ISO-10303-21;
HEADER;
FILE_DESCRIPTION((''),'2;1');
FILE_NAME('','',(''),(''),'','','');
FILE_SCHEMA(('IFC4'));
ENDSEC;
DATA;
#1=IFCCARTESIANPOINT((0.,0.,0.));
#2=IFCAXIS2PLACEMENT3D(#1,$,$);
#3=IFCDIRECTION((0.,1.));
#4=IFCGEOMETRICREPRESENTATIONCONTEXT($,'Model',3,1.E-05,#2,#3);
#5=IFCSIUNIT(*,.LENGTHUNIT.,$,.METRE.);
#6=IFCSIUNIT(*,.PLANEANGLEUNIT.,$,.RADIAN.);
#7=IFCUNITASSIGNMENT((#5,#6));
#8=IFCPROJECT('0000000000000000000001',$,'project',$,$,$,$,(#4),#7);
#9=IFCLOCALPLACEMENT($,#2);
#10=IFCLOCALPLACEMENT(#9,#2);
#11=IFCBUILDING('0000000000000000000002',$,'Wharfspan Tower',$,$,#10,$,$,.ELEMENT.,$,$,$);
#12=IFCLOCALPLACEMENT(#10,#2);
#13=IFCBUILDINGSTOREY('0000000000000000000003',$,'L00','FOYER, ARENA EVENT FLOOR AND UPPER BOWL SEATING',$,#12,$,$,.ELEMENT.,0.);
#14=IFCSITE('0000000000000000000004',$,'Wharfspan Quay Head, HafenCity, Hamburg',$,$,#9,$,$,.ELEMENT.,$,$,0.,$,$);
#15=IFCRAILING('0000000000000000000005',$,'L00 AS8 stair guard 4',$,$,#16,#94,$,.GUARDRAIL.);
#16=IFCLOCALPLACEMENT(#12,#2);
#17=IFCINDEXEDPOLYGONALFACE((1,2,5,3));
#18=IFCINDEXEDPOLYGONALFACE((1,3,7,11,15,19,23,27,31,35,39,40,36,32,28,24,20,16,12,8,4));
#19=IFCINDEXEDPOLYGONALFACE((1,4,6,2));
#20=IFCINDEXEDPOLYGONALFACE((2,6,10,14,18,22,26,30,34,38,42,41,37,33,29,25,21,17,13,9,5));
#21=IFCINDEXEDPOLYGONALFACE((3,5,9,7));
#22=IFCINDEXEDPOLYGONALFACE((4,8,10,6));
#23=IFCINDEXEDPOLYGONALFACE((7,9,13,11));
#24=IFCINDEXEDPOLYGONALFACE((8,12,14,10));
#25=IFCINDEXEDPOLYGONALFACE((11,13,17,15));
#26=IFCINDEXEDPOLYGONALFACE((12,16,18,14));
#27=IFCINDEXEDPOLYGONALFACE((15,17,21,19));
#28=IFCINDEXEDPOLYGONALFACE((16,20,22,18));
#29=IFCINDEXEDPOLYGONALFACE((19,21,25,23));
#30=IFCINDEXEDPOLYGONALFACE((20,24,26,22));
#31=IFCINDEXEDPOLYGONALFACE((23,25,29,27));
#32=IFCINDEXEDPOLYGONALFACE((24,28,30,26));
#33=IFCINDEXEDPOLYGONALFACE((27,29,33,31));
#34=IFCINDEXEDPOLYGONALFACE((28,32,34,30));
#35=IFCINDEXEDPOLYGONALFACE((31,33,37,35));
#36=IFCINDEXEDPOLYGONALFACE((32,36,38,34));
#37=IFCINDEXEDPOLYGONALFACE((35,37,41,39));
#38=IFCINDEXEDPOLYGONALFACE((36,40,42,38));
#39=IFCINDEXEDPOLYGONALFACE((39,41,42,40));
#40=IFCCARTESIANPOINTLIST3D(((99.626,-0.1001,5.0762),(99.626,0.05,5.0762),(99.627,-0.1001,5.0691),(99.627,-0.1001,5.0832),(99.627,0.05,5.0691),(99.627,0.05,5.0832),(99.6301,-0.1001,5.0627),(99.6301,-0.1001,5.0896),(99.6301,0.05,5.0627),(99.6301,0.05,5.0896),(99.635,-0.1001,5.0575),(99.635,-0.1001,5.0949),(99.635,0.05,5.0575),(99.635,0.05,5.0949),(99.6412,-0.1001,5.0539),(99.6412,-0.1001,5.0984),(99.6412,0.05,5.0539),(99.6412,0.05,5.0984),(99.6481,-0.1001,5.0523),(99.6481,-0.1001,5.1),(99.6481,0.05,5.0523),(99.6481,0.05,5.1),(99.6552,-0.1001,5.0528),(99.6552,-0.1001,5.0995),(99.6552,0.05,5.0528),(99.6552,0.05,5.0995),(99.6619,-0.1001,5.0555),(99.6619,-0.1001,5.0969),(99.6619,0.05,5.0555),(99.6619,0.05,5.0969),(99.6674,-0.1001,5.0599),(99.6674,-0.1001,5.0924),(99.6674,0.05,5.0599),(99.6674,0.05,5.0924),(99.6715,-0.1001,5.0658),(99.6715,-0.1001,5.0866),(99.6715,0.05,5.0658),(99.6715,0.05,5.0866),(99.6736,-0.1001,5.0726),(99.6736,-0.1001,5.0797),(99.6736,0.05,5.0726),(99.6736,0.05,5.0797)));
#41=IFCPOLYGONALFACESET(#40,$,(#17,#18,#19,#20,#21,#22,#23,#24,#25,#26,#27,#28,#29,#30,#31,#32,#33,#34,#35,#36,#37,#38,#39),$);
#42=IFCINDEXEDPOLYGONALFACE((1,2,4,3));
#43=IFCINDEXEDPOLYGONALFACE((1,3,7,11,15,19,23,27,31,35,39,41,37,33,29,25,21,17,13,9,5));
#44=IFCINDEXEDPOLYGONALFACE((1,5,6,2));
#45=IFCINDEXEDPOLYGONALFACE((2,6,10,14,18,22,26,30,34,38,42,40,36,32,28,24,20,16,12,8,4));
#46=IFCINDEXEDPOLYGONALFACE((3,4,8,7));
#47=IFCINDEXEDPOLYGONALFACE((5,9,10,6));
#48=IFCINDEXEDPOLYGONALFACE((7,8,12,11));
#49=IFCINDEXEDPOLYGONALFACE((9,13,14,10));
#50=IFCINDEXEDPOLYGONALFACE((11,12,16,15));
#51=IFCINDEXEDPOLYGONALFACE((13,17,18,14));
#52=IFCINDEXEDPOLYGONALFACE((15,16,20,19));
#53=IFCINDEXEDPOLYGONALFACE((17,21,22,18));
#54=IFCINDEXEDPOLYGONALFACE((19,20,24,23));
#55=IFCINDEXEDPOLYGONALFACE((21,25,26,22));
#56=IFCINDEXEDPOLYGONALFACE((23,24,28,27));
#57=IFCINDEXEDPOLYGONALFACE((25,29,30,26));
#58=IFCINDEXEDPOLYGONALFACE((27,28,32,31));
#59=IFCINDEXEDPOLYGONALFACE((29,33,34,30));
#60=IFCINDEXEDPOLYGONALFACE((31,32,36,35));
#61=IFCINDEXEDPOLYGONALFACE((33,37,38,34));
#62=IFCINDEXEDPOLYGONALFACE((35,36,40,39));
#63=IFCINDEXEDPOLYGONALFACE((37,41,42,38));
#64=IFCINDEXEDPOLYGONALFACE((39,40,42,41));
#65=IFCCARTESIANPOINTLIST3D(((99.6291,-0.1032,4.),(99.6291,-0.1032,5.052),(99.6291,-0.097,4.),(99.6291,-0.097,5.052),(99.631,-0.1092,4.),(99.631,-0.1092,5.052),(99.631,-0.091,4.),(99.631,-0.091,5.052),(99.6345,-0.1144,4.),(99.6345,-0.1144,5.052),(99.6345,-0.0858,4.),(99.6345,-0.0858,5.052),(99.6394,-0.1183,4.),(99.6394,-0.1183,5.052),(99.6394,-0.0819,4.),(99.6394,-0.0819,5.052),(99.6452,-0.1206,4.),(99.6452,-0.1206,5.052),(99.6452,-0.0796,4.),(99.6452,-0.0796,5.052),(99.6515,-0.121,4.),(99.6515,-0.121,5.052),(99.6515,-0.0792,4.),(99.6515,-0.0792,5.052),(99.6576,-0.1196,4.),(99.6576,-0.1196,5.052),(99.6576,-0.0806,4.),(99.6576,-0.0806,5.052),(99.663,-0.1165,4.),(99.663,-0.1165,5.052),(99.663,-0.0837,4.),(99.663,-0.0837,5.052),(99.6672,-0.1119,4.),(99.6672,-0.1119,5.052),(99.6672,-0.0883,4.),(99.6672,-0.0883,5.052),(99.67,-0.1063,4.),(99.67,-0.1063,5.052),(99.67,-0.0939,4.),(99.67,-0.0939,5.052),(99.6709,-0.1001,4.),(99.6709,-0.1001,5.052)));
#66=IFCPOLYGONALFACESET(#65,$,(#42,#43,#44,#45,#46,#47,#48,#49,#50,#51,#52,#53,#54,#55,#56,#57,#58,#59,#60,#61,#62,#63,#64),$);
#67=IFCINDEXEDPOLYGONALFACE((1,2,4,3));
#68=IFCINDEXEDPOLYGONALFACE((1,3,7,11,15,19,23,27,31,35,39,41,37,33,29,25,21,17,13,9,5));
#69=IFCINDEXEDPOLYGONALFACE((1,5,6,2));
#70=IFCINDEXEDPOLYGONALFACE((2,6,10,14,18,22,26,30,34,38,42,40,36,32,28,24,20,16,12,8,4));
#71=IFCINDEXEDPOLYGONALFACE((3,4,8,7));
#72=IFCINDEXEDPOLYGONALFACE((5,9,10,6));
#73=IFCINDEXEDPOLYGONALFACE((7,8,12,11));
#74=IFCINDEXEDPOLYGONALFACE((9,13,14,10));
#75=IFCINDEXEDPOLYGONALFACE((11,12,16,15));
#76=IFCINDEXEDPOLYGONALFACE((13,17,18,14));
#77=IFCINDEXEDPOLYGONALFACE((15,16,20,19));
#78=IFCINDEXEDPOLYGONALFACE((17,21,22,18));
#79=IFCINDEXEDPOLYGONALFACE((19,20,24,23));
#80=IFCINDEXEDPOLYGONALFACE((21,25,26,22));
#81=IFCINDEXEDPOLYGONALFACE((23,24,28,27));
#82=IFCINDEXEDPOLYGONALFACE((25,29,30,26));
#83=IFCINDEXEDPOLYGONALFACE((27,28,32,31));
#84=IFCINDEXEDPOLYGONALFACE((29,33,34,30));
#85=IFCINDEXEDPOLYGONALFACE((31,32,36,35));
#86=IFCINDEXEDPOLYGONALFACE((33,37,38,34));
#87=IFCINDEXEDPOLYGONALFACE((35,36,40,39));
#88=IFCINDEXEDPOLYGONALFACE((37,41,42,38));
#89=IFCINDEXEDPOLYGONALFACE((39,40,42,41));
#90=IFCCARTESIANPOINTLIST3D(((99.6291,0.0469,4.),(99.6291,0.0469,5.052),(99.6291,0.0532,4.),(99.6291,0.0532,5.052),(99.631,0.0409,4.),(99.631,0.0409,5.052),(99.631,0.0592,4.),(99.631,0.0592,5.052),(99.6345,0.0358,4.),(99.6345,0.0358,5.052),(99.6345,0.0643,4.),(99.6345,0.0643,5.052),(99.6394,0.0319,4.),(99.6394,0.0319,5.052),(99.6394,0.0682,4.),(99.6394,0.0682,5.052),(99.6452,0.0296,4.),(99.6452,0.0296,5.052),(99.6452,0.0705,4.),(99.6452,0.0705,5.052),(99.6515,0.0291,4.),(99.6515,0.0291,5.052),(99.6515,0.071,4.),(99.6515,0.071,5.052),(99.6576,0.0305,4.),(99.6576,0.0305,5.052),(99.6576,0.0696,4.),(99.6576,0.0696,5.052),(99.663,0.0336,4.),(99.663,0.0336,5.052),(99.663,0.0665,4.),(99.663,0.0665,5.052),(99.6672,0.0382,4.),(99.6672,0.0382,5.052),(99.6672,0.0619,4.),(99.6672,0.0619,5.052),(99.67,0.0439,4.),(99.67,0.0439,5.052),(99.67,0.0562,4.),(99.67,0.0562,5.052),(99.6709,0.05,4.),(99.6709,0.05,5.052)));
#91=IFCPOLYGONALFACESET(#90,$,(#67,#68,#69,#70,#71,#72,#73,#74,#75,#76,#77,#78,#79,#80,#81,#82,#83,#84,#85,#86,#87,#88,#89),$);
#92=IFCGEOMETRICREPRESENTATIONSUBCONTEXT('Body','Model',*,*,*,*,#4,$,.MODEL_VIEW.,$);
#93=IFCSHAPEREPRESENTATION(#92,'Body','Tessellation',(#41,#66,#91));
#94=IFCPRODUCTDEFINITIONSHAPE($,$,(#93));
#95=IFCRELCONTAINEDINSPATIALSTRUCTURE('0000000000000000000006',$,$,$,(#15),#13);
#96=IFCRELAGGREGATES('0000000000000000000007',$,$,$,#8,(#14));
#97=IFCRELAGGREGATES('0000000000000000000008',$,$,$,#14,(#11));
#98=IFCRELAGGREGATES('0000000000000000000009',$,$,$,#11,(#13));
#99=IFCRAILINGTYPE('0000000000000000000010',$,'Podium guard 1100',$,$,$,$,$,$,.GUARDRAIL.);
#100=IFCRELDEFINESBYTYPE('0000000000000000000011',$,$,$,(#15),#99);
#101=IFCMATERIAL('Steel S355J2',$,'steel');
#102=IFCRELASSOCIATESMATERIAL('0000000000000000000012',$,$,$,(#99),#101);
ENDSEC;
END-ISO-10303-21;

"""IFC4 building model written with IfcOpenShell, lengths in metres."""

from ifc_helpers import new_model, si_unit, direction, frame, origin, origin_2d, place, context, subcontext, project, spatial, circle, extrude, material, type_object, element, save


model = new_model("IFC4")

# Units and contexts
model_context = context("Model", 3, precision=1e-05, world=origin(), true_north=direction((0.0, 1.0)))
body_context = subcontext(model_context, "Body", "Model", "MODEL_VIEW")
ifc_project = project(units=[si_unit("LENGTHUNIT", "METRE"), si_unit("PLANEANGLEUNIT", "RADIAN")], contexts=[model_context])

# Site, building, storey
site_placement = place(None, origin())
site = spatial("IfcSite", under=ifc_project, at=site_placement, Name="Wharfspan Quay Head, HafenCity, Hamburg", CompositionType="ELEMENT", RefElevation=0.0)
building_placement = place(site_placement, origin())
building = spatial("IfcBuilding", under=site, at=building_placement, Name="Wharfspan Tower", CompositionType="ELEMENT")
storey_placement = place(building_placement, origin())
storey = spatial("IfcBuildingStorey", under=building, at=storey_placement, Name="L00", Description="FOYER, ARENA EVENT FLOOR AND UPPER BOWL SEATING", CompositionType="ELEMENT", Elevation=0.0)

# Shared definitions
ifc_material_1 = material(Name="Steel S355J2", Category="steel")

# Railing
railing_type_1 = type_object("IfcRailingType", Name="Podium guard 1100", PredefinedType="GUARDRAIL", material=ifc_material_1)
railing_1_placement = place(storey_placement, frame((99.6499, -0.1001, 4.0)))
element("IfcRailing", 1, at=railing_1_placement, inside=storey, type_object=railing_type_1, Name="L00 AS8 stair guard 4", PredefinedType="GUARDRAIL", context=body_context, shape_type="SweptSolid", body=[
    extrude(circle(Radius=0.0239, at=origin_2d()), frame((0.0, 0.0, 1.0762), z_axis=(0.0, 1.0, 0.0), x_axis=(-1.0, 0.0, 0.0)), (0.0, 0.0, 1.0), 0.1501),
    extrude(circle(Radius=0.021, at=origin_2d()), origin(), (0.0, 0.0, 1.0), 1.052),
    extrude(circle(Radius=0.021, at=origin_2d()), frame((0.0, 0.1501, 0.0)), (0.0, 0.0, 1.0), 1.052),
])

save(model, "model.ifc")
